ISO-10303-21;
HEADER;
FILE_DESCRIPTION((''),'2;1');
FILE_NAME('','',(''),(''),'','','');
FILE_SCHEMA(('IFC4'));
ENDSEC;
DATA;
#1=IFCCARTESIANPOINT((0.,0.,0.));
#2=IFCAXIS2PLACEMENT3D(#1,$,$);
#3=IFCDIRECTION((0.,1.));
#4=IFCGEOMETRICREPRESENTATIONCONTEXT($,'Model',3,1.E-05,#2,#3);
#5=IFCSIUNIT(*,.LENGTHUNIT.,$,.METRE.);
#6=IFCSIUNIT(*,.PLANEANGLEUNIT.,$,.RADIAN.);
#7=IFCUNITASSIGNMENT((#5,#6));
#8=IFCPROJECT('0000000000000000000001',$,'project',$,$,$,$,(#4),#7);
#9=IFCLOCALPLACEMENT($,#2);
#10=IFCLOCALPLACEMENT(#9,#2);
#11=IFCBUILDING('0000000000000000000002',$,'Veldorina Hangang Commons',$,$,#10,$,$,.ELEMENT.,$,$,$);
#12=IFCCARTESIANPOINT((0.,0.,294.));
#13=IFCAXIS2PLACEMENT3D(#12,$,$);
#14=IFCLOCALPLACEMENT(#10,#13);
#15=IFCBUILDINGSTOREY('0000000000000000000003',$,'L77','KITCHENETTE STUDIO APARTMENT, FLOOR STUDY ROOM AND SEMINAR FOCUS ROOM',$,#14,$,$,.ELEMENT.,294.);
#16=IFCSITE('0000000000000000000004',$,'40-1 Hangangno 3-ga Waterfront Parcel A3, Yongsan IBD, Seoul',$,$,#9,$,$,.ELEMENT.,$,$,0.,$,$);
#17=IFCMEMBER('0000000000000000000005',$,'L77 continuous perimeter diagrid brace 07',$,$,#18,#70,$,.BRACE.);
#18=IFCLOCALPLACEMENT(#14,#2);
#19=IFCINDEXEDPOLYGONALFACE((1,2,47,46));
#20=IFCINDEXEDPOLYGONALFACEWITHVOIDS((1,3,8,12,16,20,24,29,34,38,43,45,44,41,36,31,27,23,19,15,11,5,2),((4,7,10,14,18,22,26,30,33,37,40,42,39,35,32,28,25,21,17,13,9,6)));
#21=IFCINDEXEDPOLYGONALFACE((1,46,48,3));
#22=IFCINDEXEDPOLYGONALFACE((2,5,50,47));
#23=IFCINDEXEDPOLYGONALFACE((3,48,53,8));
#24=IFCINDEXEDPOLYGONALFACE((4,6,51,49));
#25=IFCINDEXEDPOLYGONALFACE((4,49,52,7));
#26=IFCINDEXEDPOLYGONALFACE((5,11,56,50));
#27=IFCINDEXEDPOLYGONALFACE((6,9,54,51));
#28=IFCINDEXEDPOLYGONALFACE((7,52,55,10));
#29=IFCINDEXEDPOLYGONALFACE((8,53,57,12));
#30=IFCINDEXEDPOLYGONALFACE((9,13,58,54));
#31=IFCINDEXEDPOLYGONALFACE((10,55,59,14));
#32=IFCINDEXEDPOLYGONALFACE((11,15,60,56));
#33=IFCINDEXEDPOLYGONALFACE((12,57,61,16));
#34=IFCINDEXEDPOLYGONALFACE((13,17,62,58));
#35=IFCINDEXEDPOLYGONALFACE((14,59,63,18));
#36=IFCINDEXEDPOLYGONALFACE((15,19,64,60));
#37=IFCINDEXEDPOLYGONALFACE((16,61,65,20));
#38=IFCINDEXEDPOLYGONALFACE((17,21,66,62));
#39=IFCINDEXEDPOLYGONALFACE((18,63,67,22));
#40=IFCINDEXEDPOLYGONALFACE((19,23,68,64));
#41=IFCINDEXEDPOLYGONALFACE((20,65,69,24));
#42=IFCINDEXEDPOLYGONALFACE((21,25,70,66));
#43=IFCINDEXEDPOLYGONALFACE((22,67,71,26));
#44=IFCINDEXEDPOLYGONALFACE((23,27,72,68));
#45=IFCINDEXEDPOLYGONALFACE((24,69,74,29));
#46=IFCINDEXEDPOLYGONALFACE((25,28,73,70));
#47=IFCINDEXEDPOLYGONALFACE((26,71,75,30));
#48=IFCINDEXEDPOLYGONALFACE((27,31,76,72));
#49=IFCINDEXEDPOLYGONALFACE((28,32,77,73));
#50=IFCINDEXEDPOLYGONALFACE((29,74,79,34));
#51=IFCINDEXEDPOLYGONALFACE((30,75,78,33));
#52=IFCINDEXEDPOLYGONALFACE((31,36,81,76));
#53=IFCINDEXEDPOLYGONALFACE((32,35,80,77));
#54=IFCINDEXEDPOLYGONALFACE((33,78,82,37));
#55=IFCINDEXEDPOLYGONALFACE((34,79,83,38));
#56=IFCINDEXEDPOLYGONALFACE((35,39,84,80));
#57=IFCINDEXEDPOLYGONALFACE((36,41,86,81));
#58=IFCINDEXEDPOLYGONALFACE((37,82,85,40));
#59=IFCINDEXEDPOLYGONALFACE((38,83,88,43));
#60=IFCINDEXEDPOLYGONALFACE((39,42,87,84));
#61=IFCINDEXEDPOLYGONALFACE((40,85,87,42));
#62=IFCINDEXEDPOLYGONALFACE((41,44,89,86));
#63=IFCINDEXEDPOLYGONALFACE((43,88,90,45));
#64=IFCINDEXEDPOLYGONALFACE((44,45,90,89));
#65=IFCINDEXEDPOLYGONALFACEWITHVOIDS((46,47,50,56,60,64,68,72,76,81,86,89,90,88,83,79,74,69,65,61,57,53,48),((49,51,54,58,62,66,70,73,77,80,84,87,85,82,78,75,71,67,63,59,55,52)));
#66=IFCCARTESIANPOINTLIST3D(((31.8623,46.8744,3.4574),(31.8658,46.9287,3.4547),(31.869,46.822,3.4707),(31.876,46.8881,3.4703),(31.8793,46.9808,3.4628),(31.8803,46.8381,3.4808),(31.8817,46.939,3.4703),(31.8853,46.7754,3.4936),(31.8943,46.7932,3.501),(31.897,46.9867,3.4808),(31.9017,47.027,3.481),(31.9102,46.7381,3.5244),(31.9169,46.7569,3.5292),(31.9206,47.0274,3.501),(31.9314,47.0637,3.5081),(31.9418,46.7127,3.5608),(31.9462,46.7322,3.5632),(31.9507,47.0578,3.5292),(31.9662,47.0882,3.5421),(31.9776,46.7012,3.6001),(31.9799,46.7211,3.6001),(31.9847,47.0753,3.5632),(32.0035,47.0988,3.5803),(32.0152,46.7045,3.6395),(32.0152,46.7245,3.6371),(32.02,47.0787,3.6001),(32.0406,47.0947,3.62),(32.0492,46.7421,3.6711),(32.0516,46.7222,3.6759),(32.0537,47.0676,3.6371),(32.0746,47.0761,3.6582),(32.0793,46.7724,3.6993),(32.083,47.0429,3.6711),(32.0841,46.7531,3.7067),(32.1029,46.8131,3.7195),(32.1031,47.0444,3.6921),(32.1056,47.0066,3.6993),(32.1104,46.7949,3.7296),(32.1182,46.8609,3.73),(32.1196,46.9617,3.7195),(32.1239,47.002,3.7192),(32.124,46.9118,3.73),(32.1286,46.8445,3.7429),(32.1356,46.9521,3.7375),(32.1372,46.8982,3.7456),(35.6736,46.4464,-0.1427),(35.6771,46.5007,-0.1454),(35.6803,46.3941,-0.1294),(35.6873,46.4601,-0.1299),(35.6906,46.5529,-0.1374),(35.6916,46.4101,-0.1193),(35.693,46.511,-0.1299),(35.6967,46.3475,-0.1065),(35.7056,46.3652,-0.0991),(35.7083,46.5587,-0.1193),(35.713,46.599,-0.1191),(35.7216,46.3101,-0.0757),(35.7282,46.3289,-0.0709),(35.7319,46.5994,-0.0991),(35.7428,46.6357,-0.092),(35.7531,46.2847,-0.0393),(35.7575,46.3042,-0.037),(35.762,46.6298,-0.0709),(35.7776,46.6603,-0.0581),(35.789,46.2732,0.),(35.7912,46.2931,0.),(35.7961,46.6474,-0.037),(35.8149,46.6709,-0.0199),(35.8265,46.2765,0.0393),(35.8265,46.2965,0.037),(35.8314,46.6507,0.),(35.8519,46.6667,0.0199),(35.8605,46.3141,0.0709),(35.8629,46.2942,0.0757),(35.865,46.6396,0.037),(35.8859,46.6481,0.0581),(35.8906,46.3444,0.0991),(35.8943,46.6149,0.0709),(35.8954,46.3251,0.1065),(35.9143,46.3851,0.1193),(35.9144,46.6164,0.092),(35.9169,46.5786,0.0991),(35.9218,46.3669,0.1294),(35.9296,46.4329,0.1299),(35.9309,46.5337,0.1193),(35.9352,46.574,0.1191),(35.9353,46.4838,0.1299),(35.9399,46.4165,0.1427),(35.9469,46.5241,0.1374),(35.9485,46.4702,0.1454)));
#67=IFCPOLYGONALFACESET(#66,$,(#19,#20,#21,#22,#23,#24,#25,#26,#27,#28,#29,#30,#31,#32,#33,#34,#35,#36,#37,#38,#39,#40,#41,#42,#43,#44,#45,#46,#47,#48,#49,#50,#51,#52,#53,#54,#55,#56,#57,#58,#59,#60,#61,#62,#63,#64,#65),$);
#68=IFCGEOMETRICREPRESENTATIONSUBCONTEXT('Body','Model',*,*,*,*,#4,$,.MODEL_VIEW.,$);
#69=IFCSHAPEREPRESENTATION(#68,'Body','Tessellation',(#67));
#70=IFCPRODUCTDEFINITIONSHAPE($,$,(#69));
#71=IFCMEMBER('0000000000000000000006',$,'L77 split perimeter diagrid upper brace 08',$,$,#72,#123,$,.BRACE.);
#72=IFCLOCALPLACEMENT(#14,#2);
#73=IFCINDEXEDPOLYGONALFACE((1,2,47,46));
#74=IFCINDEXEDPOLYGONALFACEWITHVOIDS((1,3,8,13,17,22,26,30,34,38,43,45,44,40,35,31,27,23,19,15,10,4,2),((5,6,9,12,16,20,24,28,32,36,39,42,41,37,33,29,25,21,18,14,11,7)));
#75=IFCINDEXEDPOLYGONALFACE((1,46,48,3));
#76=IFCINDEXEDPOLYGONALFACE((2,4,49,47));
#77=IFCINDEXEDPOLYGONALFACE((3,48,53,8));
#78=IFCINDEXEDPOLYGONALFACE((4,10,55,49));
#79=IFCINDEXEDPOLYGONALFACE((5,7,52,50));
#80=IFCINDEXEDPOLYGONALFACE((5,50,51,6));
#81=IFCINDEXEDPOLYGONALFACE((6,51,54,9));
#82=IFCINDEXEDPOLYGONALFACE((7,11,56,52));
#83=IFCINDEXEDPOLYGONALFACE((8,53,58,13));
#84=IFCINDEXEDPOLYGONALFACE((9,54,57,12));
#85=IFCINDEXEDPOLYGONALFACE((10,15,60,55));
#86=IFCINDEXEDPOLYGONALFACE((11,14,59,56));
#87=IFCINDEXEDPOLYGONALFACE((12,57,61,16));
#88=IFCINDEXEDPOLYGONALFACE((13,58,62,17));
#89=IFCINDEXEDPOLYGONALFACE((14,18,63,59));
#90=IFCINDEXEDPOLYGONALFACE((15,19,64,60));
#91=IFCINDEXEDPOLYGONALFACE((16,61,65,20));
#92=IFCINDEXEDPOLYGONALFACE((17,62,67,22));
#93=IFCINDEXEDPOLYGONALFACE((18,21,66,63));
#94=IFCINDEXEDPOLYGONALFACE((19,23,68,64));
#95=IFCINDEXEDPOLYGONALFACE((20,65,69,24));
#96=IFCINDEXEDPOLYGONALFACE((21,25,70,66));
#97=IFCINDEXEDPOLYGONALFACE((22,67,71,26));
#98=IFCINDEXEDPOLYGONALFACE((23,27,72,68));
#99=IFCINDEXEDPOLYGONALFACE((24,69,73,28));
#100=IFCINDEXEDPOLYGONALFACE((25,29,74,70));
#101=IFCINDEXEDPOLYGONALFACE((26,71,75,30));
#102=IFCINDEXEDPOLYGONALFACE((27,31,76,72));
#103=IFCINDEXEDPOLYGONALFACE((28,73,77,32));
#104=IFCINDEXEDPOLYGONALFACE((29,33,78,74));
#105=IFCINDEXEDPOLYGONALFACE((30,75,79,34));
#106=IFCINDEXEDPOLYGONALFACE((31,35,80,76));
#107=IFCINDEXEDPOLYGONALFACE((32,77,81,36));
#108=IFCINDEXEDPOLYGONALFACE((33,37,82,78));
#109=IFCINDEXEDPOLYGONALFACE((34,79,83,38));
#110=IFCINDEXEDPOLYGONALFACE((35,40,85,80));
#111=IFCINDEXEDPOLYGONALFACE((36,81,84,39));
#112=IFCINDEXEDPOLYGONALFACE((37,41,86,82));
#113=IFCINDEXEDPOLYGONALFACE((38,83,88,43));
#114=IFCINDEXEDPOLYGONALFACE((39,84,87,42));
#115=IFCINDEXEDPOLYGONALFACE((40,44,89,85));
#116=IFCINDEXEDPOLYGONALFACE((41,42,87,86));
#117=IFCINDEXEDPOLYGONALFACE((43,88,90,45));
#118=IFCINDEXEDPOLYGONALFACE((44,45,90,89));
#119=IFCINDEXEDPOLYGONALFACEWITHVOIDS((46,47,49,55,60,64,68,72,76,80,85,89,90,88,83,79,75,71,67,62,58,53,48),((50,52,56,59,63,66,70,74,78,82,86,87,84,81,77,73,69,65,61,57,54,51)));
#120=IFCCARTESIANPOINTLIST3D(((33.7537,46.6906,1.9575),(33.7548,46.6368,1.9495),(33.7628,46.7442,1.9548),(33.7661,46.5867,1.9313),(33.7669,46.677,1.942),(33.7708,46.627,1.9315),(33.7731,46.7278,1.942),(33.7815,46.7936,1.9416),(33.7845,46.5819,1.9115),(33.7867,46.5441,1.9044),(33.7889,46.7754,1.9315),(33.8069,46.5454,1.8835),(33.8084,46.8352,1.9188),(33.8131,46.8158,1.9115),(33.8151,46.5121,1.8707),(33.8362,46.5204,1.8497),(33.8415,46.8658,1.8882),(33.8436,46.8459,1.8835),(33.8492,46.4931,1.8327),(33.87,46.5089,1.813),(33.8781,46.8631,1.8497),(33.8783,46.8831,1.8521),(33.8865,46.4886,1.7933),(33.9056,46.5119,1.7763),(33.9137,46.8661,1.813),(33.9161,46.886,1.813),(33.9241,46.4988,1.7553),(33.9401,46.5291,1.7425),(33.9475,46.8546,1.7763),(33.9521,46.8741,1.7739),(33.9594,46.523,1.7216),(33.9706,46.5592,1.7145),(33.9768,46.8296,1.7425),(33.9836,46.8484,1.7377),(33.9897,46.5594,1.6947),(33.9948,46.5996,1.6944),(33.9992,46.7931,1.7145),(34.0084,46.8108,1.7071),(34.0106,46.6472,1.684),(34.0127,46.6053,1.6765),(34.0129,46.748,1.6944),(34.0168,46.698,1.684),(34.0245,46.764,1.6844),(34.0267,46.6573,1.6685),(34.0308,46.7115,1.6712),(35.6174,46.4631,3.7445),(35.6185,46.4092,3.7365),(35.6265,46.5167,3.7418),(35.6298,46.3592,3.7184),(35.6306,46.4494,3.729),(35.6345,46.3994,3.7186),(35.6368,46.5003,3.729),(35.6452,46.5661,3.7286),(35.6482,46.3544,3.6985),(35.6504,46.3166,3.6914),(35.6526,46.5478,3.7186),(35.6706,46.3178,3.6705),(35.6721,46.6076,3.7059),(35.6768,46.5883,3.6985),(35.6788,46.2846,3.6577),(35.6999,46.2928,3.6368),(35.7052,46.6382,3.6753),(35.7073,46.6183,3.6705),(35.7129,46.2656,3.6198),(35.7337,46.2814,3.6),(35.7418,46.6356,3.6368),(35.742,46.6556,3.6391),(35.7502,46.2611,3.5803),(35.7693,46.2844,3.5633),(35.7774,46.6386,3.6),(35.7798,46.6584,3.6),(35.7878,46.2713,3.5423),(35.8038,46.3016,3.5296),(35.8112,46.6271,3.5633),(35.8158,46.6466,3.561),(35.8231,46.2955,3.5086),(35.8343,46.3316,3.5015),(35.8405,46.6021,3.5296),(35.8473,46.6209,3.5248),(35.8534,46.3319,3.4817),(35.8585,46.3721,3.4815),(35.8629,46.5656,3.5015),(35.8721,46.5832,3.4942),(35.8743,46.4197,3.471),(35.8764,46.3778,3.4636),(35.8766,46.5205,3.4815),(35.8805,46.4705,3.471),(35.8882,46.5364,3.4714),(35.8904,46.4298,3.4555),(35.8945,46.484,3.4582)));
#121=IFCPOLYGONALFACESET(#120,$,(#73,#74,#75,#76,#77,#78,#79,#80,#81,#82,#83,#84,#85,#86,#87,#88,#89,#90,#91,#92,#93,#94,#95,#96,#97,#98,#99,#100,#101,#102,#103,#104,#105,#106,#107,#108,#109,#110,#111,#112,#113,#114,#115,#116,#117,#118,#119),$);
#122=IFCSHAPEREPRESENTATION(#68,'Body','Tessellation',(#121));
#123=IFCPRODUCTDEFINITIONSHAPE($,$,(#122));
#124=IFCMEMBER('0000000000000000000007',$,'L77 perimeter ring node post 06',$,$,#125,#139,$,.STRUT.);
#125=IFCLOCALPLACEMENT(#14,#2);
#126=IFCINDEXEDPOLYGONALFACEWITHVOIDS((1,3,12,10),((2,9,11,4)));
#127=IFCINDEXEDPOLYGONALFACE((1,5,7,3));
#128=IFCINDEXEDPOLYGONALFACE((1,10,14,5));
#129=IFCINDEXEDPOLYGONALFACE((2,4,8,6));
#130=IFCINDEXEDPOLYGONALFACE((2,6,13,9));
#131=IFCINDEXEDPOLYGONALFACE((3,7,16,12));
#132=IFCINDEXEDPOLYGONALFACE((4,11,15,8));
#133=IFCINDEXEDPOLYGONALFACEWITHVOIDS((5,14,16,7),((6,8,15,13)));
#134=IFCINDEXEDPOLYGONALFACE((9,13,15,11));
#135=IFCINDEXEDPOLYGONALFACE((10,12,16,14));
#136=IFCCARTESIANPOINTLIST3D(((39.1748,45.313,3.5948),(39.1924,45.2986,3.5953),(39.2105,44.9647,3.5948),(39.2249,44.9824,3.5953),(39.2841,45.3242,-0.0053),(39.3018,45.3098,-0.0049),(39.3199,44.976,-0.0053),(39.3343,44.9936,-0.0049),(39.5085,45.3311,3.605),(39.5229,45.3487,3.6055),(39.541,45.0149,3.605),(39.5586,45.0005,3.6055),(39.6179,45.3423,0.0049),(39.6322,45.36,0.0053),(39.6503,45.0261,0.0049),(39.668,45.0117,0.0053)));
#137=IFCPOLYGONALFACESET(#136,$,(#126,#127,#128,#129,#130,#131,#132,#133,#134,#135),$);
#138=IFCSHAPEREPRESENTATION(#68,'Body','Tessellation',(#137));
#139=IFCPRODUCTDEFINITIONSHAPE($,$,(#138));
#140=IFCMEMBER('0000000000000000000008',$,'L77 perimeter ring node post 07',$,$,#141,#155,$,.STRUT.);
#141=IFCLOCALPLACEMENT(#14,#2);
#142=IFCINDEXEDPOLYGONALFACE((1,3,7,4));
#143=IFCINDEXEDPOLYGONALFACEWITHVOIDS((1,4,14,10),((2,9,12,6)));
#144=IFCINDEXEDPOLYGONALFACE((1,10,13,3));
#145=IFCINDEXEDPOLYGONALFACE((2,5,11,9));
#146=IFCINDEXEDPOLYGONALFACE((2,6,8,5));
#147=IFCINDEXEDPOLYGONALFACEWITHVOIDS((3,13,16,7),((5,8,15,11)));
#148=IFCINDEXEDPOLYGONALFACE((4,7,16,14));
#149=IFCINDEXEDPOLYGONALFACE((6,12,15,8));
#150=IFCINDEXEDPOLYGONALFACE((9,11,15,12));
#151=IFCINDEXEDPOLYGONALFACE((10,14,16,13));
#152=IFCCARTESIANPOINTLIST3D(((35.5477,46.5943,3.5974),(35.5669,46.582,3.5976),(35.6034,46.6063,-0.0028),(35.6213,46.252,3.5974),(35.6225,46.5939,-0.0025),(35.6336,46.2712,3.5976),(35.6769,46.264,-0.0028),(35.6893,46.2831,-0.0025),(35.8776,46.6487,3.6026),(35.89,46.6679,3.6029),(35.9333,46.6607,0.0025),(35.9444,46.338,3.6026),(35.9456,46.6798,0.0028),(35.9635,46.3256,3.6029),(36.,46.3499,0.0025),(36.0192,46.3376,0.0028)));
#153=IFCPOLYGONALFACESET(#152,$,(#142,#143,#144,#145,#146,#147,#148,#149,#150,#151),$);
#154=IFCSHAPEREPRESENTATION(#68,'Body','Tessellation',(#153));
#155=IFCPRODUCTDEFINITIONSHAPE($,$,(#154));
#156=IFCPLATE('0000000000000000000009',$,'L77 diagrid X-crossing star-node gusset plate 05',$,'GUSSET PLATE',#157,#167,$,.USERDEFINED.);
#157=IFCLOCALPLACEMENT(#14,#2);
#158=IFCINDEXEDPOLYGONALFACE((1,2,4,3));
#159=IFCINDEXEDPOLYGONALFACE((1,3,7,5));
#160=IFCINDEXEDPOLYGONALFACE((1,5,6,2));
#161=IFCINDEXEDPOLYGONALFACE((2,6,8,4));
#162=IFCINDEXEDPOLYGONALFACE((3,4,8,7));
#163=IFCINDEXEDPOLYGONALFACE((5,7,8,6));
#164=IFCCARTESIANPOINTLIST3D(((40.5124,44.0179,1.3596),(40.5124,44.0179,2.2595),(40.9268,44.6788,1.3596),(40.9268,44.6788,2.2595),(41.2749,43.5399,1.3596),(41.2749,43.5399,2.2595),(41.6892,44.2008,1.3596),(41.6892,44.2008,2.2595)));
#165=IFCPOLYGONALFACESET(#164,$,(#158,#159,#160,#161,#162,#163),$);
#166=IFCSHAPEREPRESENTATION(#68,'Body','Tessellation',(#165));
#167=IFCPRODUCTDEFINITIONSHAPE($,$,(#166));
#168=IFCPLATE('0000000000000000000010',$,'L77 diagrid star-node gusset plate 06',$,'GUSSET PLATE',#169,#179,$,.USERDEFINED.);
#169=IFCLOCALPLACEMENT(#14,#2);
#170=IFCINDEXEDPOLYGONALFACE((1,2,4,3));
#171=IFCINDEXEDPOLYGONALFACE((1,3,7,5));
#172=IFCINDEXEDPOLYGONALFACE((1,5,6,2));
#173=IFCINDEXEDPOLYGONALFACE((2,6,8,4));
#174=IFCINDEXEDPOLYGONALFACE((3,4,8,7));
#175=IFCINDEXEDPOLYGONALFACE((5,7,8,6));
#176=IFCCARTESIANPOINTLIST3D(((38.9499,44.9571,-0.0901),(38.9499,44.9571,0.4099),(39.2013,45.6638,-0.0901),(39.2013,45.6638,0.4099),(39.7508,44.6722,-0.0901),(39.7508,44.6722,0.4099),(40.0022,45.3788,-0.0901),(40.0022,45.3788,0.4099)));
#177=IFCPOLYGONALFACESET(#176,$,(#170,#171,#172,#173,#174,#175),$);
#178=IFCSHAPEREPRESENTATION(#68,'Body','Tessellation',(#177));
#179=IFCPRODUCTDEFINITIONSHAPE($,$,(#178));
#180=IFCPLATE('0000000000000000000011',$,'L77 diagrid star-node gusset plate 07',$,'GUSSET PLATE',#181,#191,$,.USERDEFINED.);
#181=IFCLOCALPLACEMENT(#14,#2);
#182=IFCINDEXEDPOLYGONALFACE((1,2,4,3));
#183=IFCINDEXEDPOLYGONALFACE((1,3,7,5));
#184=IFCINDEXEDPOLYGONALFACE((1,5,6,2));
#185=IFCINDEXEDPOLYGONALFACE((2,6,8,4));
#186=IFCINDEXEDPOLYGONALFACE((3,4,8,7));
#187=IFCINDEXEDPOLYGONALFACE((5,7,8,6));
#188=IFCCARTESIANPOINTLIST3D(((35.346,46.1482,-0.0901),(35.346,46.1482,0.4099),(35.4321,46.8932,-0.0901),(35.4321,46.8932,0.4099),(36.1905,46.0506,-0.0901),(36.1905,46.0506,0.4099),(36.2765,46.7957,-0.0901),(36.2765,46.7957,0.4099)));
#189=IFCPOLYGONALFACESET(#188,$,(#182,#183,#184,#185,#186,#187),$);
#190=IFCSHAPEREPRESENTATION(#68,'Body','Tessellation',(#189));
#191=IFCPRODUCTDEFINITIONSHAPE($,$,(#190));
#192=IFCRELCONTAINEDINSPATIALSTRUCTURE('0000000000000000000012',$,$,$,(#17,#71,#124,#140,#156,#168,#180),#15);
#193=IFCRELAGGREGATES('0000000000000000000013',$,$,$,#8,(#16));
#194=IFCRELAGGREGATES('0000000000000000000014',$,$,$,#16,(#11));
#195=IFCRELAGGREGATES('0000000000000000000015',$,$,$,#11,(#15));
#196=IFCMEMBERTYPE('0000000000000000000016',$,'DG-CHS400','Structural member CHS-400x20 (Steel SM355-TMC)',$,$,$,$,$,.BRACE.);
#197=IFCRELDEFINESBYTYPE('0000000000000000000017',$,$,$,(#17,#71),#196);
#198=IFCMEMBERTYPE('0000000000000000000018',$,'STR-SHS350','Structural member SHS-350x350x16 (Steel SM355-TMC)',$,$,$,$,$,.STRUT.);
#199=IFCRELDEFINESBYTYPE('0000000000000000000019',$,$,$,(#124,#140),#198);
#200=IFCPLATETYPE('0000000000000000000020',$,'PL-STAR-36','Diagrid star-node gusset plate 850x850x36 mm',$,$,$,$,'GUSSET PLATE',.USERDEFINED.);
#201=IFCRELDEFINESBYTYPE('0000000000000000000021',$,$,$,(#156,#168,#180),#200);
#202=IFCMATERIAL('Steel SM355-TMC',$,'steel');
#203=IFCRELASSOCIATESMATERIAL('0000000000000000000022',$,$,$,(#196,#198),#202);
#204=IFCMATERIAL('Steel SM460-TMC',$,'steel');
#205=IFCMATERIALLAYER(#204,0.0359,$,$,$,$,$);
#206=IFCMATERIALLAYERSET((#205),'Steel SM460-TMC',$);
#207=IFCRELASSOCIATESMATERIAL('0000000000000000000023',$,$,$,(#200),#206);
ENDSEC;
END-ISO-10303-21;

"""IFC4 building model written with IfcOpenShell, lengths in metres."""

from ifc_helpers import new_model, si_unit, direction, frame, origin, origin_2d, place, context, subcontext, project, spatial, rectangle, hollow_rectangle, hollow_circle, extrude, material, layer, layer_set, material_profile, profile_set, type_object, element, save


model = new_model("IFC4")

# Units and contexts
model_context = context("Model", 3, precision=1e-05, world=origin(), true_north=direction((0.0, 1.0)))
body_context = subcontext(model_context, "Body", "Model", "MODEL_VIEW")
ifc_project = project(units=[si_unit("LENGTHUNIT", "METRE"), si_unit("PLANEANGLEUNIT", "RADIAN")], contexts=[model_context])

# Site, building, storey
site_placement = place(None, origin())
site = spatial("IfcSite", under=ifc_project, at=site_placement, Name="40-1 Hangangno 3-ga Waterfront Parcel A3, Yongsan IBD, Seoul", CompositionType="ELEMENT", RefElevation=0.0)
building_placement = place(site_placement, origin())
building = spatial("IfcBuilding", under=site, at=building_placement, Name="Veldorina Hangang Commons", CompositionType="ELEMENT")
storey_placement = place(building_placement, frame((0.0, 0.0, 294.0)))
storey = spatial("IfcBuildingStorey", under=building, at=storey_placement, Name="L77", Description="KITCHENETTE STUDIO APARTMENT, FLOOR STUDY ROOM AND SEMINAR FOCUS ROOM", CompositionType="ELEMENT", Elevation=294.0)

# Shared definitions
ifc_material_1 = material(Name="Steel SM460-TMC", Category="steel")

# Members
ifc_material_2 = material(Name="Steel SM355-TMC", Category="steel")
ifc_material_profile_1 = material_profile(ifc_material_2, hollow_circle(Radius=0.2, WallThickness=0.02, at=origin_2d()), Name="CHS-400x20")
ifc_profile_set_1 = profile_set([ifc_material_profile_1], Name="Steel SM355-TMC")
member_type_1 = type_object("IfcMemberType", Name="DG-CHS400", Description="Structural member CHS-400x20 (Steel SM355-TMC)", PredefinedType="BRACE", material=ifc_profile_set_1)
member_1_placement = place(storey_placement, frame((35.8113, 46.4719, 0.0), z_axis=(-0.72455, 0.081362, 0.684403), x_axis=(-0.111591, -0.993754, 0.0)))
element("IfcMember", 1, at=member_1_placement, inside=storey, type_object=member_type_1, Name="L77 continuous perimeter diagrid brace 07", PredefinedType="BRACE", context=body_context, shape_type="SweptSolid", body=[
    extrude(hollow_circle(Radius=0.2, WallThickness=0.02, at=origin_2d()), origin(), (0.0, 0.0, 1.0), 5.2603),
])
member_2_placement = place(storey_placement, frame((33.8918, 46.6875, 1.813), z_axis=(0.719009, -0.087781, 0.689435), x_axis=(0.121186, 0.99263, 0.0)))
element("IfcMember", 2, at=member_2_placement, inside=storey, type_object=member_type_1, Name="L77 split perimeter diagrid upper brace 08", PredefinedType="BRACE", context=body_context, shape_type="SweptSolid", body=[
    extrude(hollow_circle(Radius=0.2, WallThickness=0.02, at=origin_2d()), origin(), (0.0, 0.0, 1.0), 2.592),
])
ifc_material_profile_2 = material_profile(ifc_material_2, hollow_rectangle(XDim=0.3501, YDim=0.3501, WallThickness=0.0161, at=origin_2d()), Name="SHS-350x350x16")
ifc_profile_set_2 = profile_set([ifc_material_profile_2], Name="Steel SM355-TMC")
member_type_2 = type_object("IfcMemberType", Name="STR-SHS350", Description="Structural member SHS-350x350x16 (Steel SM355-TMC)", PredefinedType="STRUT", material=ifc_profile_set_2)
member_3_placement = place(storey_placement, frame((39.4761, 45.168, 0.0), z_axis=(-0.030367, -0.003118, 0.999534), x_axis=(0.102142, -0.99477, 0.0)))
element("IfcMember", 3, at=member_3_placement, inside=storey, type_object=member_type_2, Name="L77 perimeter ring node post 06", PredefinedType="STRUT", context=body_context, shape_type="SweptSolid", body=[
    extrude(hollow_rectangle(XDim=0.3501, YDim=0.3501, WallThickness=0.0161, at=origin_2d()), origin(), (0.0, 0.0, 1.0), 3.6018),
])
member_4_placement = place(storey_placement, frame((35.8113, 46.4719, 0.0), z_axis=(-0.01546, -0.003323, 0.999875), x_axis=(0.210115, -0.977677, 0.0)))
element("IfcMember", 4, at=member_4_placement, inside=storey, type_object=member_type_2, Name="L77 perimeter ring node post 07", PredefinedType="STRUT", context=body_context, shape_type="SweptSolid", body=[
    extrude(hollow_rectangle(XDim=0.3501, YDim=0.3501, WallThickness=0.0161, at=origin_2d()), origin(), (0.0, 0.0, 1.0), 3.6006),
])

# Plates
ifc_layer_1 = layer(ifc_material_1, 0.0359)
ifc_layer_set_1 = layer_set([ifc_layer_1], Name="Steel SM460-TMC")
plate_type = type_object("IfcPlateType", Name="PL-STAR-36", Description="Diagrid star-node gusset plate 850x850x36 mm", ElementType="GUSSET PLATE", PredefinedType="USERDEFINED", material=ifc_layer_set_1)
plate_1_placement = place(storey_placement, frame((41.1008, 44.1094, 1.3596), z_axis=(0.0, 0.0, 1.0), x_axis=(-0.84728, 0.531147, 0.0)))
element("IfcPlate", 5, at=plate_1_placement, inside=storey, type_object=plate_type, Name="L77 diagrid X-crossing star-node gusset plate 05", ObjectType="GUSSET PLATE", PredefinedType="USERDEFINED", context=body_context, shape_type="SweptSolid", body=[
    extrude(rectangle(XDim=0.8999, YDim=0.78, at=origin_2d()), origin(), (0.0, 0.0, 1.0), 0.8999),
])
for number, where, z_axis, x_axis, name in (
    (6, (39.4761, 45.168, -0.0901), (0.0, 0.0, 1.0), (-0.942145, 0.335205, 0.0), "L77 diagrid star-node gusset plate 06"),
    (7, (35.8113, 46.4719, -0.0901), (0.0, 0.0, 1.0), (-0.993397, 0.114729, 0.0), "L77 diagrid star-node gusset plate 07"),
):
    element("IfcPlate", number, at=place(storey_placement, frame(where, z_axis=z_axis, x_axis=x_axis)), inside=storey, type_object=plate_type, Name=name, ObjectType="GUSSET PLATE", PredefinedType="USERDEFINED", context=body_context, shape_type="SweptSolid", body=[
        extrude(rectangle(XDim=0.8501, YDim=0.75, at=origin_2d()), origin(), (0.0, 0.0, 1.0), 0.5),
    ])

save(model, "model.ifc")
